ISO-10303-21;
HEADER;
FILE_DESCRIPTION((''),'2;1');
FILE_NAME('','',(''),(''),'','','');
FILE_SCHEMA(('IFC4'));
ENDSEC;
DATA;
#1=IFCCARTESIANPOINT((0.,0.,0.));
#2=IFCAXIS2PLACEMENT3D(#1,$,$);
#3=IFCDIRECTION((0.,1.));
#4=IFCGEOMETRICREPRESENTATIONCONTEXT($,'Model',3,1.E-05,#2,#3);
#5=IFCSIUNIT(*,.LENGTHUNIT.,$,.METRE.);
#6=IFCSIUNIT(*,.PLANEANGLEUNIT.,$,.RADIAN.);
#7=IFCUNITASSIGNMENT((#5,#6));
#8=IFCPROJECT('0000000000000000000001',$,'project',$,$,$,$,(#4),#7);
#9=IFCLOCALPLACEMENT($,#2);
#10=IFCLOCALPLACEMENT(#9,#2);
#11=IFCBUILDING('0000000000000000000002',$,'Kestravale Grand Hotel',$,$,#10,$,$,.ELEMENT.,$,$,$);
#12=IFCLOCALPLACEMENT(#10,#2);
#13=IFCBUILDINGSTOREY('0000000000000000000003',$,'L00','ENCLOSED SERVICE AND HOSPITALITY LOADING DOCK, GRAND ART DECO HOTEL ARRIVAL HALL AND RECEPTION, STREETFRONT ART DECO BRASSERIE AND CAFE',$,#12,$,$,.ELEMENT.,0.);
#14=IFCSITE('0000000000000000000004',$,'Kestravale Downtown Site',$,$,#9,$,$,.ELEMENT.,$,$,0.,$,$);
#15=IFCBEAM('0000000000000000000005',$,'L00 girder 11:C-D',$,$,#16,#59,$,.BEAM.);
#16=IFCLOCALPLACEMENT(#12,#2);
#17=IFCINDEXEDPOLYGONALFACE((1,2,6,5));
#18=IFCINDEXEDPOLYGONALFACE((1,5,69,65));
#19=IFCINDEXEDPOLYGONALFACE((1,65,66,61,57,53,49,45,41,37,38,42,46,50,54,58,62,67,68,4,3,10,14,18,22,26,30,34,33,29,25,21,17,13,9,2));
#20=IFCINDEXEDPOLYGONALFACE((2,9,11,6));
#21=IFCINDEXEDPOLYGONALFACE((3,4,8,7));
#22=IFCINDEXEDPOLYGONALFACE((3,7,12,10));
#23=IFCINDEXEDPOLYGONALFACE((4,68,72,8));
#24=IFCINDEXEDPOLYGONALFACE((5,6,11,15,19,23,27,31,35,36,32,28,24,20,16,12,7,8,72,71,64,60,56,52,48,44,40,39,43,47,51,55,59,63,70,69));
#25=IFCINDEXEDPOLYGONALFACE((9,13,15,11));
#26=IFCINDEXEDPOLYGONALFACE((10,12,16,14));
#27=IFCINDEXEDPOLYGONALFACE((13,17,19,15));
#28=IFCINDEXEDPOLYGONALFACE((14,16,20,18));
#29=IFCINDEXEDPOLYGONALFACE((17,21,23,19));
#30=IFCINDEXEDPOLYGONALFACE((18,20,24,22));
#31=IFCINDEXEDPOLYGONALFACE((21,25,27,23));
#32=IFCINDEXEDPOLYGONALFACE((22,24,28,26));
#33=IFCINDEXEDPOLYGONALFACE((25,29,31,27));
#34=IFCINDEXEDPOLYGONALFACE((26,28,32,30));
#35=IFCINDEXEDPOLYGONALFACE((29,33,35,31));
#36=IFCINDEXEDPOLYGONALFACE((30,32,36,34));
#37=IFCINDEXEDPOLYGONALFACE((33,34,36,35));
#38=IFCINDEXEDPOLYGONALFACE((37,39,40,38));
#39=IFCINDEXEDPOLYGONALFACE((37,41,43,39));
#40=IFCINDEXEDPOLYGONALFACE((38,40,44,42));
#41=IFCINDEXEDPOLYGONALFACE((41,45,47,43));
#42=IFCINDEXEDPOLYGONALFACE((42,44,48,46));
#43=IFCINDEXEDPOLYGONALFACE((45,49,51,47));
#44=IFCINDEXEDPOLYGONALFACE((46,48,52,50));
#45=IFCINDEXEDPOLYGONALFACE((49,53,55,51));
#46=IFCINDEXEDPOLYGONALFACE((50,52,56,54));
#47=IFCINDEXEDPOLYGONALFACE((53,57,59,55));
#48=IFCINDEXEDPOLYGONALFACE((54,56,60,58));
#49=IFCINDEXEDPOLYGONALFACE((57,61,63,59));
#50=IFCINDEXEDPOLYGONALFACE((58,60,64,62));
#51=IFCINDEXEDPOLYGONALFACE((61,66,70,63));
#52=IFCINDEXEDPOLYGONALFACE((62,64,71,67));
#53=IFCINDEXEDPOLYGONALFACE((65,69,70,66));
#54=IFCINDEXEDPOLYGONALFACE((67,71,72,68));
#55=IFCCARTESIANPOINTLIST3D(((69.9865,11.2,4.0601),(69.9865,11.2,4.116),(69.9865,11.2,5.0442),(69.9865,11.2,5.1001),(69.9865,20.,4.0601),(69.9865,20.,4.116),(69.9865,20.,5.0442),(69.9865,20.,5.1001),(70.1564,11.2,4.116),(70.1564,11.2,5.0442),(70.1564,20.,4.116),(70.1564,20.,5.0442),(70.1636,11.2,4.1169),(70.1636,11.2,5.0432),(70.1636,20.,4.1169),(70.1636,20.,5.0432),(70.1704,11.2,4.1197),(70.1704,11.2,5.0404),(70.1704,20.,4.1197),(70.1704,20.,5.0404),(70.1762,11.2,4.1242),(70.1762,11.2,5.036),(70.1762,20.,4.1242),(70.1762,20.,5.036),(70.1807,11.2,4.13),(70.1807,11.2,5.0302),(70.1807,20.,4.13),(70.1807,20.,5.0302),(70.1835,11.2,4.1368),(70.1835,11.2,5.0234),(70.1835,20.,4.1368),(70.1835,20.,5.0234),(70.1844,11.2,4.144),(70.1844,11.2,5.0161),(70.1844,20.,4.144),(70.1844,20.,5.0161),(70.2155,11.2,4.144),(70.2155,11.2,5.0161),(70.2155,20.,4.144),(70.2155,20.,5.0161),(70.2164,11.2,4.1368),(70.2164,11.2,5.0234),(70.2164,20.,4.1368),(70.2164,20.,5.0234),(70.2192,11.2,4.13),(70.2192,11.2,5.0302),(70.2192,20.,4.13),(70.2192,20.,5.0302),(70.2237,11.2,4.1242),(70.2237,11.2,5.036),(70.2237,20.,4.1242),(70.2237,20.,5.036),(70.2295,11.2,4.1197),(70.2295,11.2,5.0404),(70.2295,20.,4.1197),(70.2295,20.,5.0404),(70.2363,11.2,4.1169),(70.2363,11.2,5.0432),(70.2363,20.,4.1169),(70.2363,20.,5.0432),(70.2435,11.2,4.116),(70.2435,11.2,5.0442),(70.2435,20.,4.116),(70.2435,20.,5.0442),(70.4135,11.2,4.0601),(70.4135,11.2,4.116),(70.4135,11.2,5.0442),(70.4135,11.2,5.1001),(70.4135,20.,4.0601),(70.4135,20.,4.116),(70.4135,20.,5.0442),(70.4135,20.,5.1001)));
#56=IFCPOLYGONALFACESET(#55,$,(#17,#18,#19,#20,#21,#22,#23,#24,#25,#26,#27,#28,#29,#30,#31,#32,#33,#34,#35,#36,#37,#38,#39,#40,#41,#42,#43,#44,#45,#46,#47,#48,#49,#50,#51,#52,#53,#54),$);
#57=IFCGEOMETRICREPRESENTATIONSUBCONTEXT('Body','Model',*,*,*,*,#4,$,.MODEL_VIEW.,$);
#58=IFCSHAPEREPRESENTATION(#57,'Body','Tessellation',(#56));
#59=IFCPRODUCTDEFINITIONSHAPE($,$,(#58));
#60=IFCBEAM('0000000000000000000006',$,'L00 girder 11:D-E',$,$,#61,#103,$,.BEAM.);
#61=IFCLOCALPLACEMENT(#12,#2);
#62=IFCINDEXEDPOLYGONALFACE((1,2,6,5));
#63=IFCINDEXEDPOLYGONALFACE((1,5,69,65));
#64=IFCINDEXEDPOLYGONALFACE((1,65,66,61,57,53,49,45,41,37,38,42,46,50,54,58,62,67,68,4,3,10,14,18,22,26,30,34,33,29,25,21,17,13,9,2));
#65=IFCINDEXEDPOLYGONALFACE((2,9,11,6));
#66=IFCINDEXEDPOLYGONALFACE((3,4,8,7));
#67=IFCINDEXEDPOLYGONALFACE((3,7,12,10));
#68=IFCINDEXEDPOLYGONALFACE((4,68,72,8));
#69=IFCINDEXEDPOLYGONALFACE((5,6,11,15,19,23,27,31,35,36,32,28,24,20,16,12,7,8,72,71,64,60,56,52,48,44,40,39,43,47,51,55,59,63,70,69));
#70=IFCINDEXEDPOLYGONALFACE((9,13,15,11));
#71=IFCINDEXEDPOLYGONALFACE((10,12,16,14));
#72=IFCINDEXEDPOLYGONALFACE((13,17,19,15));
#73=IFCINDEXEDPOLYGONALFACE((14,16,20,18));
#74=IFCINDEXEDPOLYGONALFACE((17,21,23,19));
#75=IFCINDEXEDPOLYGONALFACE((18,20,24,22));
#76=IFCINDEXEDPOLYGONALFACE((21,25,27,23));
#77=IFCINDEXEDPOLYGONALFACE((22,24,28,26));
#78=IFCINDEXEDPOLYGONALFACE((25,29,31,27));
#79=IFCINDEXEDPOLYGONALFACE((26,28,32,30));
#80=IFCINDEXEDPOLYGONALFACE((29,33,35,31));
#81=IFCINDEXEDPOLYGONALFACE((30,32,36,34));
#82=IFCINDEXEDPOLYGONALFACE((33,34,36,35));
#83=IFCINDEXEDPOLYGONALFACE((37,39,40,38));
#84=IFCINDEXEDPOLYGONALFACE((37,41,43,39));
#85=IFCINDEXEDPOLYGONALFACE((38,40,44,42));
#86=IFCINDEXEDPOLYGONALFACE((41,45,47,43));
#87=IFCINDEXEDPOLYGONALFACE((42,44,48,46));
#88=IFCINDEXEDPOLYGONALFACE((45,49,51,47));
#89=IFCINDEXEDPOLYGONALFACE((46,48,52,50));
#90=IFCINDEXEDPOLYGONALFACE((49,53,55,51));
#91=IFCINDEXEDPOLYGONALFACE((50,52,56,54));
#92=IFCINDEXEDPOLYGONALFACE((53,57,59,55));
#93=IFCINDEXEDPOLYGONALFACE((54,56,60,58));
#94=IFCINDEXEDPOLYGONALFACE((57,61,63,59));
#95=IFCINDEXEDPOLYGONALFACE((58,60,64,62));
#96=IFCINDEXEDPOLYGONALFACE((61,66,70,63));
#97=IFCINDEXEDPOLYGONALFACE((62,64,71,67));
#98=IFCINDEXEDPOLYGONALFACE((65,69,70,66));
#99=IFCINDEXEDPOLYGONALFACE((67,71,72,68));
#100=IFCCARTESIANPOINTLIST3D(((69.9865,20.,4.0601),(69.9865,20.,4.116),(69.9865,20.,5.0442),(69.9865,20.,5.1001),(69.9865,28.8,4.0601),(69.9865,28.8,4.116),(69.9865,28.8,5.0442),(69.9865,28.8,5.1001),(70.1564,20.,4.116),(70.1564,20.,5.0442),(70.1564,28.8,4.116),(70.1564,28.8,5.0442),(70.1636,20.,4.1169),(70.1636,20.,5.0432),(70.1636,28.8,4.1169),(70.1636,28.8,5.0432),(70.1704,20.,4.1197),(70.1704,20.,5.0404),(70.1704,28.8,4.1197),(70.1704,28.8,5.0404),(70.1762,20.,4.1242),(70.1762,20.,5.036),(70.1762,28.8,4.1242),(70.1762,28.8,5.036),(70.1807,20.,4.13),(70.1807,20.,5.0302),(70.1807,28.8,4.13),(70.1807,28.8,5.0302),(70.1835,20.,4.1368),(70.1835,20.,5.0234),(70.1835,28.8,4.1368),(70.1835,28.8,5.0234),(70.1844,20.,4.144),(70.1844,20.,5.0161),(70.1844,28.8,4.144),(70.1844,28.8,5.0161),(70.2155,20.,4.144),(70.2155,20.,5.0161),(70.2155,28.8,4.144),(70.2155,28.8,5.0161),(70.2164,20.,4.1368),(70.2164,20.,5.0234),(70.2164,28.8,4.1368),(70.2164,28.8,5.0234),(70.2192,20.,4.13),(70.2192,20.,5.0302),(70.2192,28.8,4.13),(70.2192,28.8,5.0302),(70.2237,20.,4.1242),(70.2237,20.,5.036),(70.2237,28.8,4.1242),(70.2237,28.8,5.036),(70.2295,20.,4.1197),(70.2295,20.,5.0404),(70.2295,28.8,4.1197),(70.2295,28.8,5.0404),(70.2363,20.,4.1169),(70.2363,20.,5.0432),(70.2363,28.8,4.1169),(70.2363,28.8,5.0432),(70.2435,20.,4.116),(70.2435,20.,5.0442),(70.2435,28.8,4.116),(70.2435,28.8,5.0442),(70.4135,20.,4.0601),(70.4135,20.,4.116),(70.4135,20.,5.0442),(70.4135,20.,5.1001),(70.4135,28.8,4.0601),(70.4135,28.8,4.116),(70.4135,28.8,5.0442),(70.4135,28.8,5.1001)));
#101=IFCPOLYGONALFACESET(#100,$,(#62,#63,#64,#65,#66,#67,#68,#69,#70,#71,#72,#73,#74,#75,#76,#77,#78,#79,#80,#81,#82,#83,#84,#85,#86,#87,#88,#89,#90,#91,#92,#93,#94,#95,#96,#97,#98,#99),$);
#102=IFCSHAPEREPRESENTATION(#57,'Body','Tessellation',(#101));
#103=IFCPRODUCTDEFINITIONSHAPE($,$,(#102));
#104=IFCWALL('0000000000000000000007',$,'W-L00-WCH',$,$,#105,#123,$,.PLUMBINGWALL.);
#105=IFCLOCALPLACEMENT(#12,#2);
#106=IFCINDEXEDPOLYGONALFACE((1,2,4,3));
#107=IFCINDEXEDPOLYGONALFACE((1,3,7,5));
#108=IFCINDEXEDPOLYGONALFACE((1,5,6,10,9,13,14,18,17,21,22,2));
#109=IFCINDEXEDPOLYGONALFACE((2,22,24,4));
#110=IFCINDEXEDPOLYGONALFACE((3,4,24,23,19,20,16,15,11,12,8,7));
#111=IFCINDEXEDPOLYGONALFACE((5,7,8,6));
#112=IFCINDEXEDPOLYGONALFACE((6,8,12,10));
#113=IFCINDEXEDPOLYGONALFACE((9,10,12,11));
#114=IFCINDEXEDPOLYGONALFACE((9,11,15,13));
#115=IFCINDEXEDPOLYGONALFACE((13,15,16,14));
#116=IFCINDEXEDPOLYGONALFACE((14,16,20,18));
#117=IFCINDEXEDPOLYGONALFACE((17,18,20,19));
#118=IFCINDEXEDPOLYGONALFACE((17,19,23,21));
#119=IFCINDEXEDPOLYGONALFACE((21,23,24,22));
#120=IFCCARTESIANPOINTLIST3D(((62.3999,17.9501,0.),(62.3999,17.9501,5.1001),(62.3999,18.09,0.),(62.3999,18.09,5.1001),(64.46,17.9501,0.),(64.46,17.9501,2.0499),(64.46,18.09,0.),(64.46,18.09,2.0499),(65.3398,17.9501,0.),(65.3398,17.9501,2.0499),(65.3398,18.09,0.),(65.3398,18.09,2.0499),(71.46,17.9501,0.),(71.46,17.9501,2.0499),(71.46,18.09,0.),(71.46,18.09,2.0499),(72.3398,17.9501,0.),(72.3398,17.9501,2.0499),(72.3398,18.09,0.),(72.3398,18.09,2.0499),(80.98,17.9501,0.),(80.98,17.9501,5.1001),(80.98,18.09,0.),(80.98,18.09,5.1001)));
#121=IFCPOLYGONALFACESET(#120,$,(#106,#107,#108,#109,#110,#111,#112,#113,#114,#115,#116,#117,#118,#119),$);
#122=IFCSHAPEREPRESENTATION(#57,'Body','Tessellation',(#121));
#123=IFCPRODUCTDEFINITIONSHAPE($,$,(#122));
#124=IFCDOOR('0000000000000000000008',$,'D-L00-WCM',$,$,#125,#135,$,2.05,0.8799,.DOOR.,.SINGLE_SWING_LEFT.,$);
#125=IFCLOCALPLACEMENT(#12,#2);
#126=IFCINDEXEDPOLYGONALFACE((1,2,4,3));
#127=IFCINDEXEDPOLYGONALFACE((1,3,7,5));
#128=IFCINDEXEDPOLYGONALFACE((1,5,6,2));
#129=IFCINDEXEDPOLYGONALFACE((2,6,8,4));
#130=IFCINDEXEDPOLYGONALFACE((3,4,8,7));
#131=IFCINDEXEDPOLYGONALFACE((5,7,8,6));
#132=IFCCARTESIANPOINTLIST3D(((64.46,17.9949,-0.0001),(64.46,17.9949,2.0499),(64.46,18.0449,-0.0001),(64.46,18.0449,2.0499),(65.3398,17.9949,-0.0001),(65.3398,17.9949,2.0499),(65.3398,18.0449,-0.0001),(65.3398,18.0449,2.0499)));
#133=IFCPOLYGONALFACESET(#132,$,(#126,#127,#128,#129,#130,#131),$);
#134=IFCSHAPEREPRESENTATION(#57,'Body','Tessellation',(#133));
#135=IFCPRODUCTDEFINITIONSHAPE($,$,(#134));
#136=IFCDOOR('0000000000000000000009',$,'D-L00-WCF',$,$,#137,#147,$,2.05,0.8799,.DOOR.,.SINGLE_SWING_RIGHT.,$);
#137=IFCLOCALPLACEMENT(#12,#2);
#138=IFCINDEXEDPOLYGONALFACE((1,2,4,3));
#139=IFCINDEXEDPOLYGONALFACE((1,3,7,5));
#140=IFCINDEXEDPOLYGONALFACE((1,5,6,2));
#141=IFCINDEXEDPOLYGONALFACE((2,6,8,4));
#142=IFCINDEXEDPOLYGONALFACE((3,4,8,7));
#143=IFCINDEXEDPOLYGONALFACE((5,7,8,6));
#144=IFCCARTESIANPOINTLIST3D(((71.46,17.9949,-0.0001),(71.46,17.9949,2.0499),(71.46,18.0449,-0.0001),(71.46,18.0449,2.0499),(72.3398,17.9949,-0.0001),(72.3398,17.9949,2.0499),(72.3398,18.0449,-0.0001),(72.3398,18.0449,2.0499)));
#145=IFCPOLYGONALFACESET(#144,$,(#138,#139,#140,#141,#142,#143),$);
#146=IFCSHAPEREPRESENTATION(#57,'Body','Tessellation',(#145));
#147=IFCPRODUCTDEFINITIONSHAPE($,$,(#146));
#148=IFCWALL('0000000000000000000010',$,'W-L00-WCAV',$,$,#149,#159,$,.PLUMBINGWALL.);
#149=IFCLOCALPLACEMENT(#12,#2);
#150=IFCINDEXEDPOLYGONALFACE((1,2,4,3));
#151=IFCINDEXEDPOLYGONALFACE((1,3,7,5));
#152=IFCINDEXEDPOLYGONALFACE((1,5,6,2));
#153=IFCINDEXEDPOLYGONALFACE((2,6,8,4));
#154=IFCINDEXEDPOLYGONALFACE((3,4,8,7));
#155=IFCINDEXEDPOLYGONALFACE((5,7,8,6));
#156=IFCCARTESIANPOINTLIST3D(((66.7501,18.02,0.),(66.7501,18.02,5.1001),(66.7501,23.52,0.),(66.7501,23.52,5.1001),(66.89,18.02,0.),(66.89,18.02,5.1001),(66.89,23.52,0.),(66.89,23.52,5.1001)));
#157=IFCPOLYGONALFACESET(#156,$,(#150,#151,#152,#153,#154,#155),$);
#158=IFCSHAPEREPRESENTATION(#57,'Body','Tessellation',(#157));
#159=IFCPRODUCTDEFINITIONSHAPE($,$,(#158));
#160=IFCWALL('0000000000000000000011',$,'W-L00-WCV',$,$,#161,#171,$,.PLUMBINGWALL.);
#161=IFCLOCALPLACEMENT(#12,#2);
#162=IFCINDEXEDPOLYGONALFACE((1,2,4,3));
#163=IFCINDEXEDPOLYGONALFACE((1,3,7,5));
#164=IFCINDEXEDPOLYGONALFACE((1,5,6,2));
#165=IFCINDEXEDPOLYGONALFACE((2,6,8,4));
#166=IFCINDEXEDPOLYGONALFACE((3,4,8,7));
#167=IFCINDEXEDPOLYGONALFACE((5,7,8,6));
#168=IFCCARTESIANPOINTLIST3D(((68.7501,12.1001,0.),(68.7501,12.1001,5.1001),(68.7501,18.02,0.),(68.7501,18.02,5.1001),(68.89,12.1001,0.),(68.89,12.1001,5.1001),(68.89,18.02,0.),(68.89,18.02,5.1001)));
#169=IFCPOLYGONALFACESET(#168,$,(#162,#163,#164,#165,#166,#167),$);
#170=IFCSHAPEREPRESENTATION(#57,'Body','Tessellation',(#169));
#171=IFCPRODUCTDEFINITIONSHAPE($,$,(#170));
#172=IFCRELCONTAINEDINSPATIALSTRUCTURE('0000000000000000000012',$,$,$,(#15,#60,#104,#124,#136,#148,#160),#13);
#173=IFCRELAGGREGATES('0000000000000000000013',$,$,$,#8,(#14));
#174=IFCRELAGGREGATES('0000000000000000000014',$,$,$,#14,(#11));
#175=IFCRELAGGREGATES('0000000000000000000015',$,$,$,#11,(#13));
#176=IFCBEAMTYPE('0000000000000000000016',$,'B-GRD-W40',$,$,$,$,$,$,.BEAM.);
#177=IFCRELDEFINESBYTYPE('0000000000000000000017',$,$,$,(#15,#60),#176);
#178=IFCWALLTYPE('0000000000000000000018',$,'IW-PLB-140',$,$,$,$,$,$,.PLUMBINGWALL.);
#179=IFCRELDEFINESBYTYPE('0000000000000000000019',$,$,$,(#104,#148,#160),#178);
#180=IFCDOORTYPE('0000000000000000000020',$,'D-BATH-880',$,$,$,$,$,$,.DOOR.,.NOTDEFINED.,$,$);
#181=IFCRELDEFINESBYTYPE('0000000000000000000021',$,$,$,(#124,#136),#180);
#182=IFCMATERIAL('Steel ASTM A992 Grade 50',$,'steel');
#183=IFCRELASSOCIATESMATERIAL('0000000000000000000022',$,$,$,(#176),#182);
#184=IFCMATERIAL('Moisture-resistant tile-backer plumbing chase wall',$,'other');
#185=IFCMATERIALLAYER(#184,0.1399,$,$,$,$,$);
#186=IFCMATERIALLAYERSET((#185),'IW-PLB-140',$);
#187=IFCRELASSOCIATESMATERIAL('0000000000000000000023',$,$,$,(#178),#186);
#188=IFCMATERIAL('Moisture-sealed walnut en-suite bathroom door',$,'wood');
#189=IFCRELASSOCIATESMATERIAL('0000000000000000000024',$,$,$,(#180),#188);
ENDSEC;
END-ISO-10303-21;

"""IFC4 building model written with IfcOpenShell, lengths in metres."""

from ifc_helpers import new_model, si_unit, direction, frame, frame_2d, origin, origin_2d, place, context, subcontext, project, spatial, rectangle, i_section, extrude, material, layer, layer_set, material_profile, profile_set, type_object, element, fill, save


model = new_model("IFC4")

# Units and contexts
model_context = context("Model", 3, precision=1e-05, world=origin(), true_north=direction((0.0, 1.0)))
body_context = subcontext(model_context, "Body", "Model", "MODEL_VIEW")
ifc_project = project(units=[si_unit("LENGTHUNIT", "METRE"), si_unit("PLANEANGLEUNIT", "RADIAN")], contexts=[model_context])

# Site, building, storey
site_placement = place(None, origin())
site = spatial("IfcSite", under=ifc_project, at=site_placement, Name="Kestravale Downtown Site", CompositionType="ELEMENT", RefElevation=0.0)
building_placement = place(site_placement, origin())
building = spatial("IfcBuilding", under=site, at=building_placement, Name="Kestravale Grand Hotel", CompositionType="ELEMENT")
storey_placement = place(building_placement, origin())
storey = spatial("IfcBuildingStorey", under=building, at=storey_placement, Name="L00", Description="ENCLOSED SERVICE AND HOSPITALITY LOADING DOCK, GRAND ART DECO HOTEL ARRIVAL HALL AND RECEPTION, STREETFRONT ART DECO BRASSERIE AND CAFE", CompositionType="ELEMENT", Elevation=0.0)

# Beams
ifc_material_1 = material(Name="Steel ASTM A992 Grade 50", Category="steel")
ifc_material_profile_1 = material_profile(ifc_material_1, i_section(OverallWidth=0.427, OverallDepth=1.04, WebThickness=0.031, FlangeThickness=0.0559, FilletRadius=0.0281, at=origin_2d()))
ifc_profile_set_1 = profile_set([ifc_material_profile_1], Name="Steel ASTM A992 Grade 50")
beam_type_1 = type_object("IfcBeamType", Name="B-GRD-W40", PredefinedType="BEAM", material=ifc_profile_set_1)
for number, where, z_axis, x_axis, name in (
    (1, (70.2, 11.2, 4.5801), (0.0, 1.0, 0.0), (-1.0, 0.0, 0.0), "L00 girder 11:C-D"),
    (2, (70.2, 20.0, 4.5801), (0.0, 1.0, 0.0), (-1.0, 0.0, 0.0), "L00 girder 11:D-E"),
):
    element("IfcBeam", number, at=place(storey_placement, frame(where, z_axis=z_axis, x_axis=x_axis)), inside=storey, type_object=beam_type_1, Name=name, PredefinedType="BEAM", context=body_context, shape_type="SweptSolid", body=[
        extrude(i_section(OverallWidth=0.427, OverallDepth=1.04, WebThickness=0.031, FlangeThickness=0.0559, FilletRadius=0.0281, at=origin_2d()), origin(), (0.0, 0.0, 1.0), 8.8),
    ])

# Wall, openings, doors
ifc_material_2 = material(Name="Moisture-resistant tile-backer plumbing chase wall", Category="other")
ifc_layer_1 = layer(ifc_material_2, 0.1399)
ifc_layer_set_1 = layer_set([ifc_layer_1], Name="IW-PLB-140")
wall_type_1 = type_object("IfcWallType", Name="IW-PLB-140", PredefinedType="PLUMBINGWALL", material=ifc_layer_set_1)
wall_1_placement = place(storey_placement, frame((62.3999, 18.02, 0.0), z_axis=(0.0, 0.0, 1.0), x_axis=(1.0, 0.0, 0.0)))
wall_1 = element("IfcWall", 3, at=wall_1_placement, inside=storey, type_object=wall_type_1, Name="W-L00-WCH", PredefinedType="PLUMBINGWALL", context=body_context, shape_type="SweptSolid", body=[
    extrude(rectangle(XDim=18.5801, YDim=0.1399, at=frame_2d((9.29, 0.0))), origin(), (0.0, 0.0, 1.0), 5.1001),
])
opening_1_placement = place(wall_1_placement, frame((2.0601, 0.0, 0.0)))
opening_1 = element("IfcOpeningElement", 4, at=opening_1_placement, cuts=wall_1, PredefinedType="OPENING", context=body_context, shape_type="SweptSolid", body=[
    extrude(rectangle(XDim=0.8799, YDim=2.05, at=frame_2d((0.4399, 1.0249))), frame((0.0, 0.0798, 0.0), z_axis=(0.0, -1.0, 0.0), x_axis=(1.0, 0.0, 0.0)), (0.0, 0.0, 1.0), 0.1599),
])
opening_2_placement = place(wall_1_placement, frame((9.0601, 0.0, 0.0)))
opening_2 = element("IfcOpeningElement", 5, at=opening_2_placement, cuts=wall_1, PredefinedType="OPENING", context=body_context, shape_type="SweptSolid", body=[
    extrude(rectangle(XDim=0.8799, YDim=2.05, at=frame_2d((0.4399, 1.0249))), frame((0.0, 0.0798, 0.0), z_axis=(0.0, -1.0, 0.0), x_axis=(1.0, 0.0, 0.0)), (0.0, 0.0, 1.0), 0.1599),
])
ifc_material_3 = material(Name="Moisture-sealed walnut en-suite bathroom door", Category="wood")
door_type_1 = type_object("IfcDoorType", Name="D-BATH-880", OperationType="NOTDEFINED", PredefinedType="DOOR", material=ifc_material_3)
door_1_placement = place(opening_1_placement, origin())
door_1 = element("IfcDoor", 6, at=door_1_placement, inside=storey, type_object=door_type_1, Name="D-L00-WCM", OperationType="SINGLE_SWING_LEFT", OverallHeight=2.05, OverallWidth=0.8799, PredefinedType="DOOR", context=body_context, shape_type="SweptSolid", body=[
    extrude(rectangle(XDim=0.8799, YDim=2.05, at=frame_2d((0.4399, 1.0249))), frame((0.0, 0.0249, 0.0), z_axis=(0.0, -1.0, 0.0), x_axis=(1.0, 0.0, 0.0)), (0.0, 0.0, 1.0), 0.05),
])
fill(opening_1, door_1)
door_2_placement = place(opening_2_placement, origin())
door_2 = element("IfcDoor", 7, at=door_2_placement, inside=storey, type_object=door_type_1, Name="D-L00-WCF", OperationType="SINGLE_SWING_RIGHT", OverallHeight=2.05, OverallWidth=0.8799, PredefinedType="DOOR", context=body_context, shape_type="SweptSolid", body=[
    extrude(rectangle(XDim=0.8799, YDim=2.05, at=frame_2d((0.4399, 1.0249))), frame((0.0, 0.0249, 0.0), z_axis=(0.0, -1.0, 0.0), x_axis=(1.0, 0.0, 0.0)), (0.0, 0.0, 1.0), 0.05),
])
fill(opening_2, door_2)

# Walls
wall_2_placement = place(storey_placement, frame((66.8201, 18.02, 0.0), z_axis=(0.0, 0.0, 1.0), x_axis=(0.0, 1.0, 0.0)))
element("IfcWall", 8, at=wall_2_placement, inside=storey, type_object=wall_type_1, Name="W-L00-WCAV", PredefinedType="PLUMBINGWALL", context=body_context, shape_type="SweptSolid", body=[
    extrude(rectangle(XDim=5.5, YDim=0.1399, at=frame_2d((2.75, 0.0))), origin(), (0.0, 0.0, 1.0), 5.1001),
])
wall_3_placement = place(storey_placement, frame((68.8201, 12.1001, 0.0), z_axis=(0.0, 0.0, 1.0), x_axis=(0.0, 1.0, 0.0)))
element("IfcWall", 9, at=wall_3_placement, inside=storey, type_object=wall_type_1, Name="W-L00-WCV", PredefinedType="PLUMBINGWALL", context=body_context, shape_type="SweptSolid", body=[
    extrude(rectangle(XDim=5.9199, YDim=0.1399, at=frame_2d((2.96, 0.0))), origin(), (0.0, 0.0, 1.0), 5.1001),
])

save(model, "model.ifc")
